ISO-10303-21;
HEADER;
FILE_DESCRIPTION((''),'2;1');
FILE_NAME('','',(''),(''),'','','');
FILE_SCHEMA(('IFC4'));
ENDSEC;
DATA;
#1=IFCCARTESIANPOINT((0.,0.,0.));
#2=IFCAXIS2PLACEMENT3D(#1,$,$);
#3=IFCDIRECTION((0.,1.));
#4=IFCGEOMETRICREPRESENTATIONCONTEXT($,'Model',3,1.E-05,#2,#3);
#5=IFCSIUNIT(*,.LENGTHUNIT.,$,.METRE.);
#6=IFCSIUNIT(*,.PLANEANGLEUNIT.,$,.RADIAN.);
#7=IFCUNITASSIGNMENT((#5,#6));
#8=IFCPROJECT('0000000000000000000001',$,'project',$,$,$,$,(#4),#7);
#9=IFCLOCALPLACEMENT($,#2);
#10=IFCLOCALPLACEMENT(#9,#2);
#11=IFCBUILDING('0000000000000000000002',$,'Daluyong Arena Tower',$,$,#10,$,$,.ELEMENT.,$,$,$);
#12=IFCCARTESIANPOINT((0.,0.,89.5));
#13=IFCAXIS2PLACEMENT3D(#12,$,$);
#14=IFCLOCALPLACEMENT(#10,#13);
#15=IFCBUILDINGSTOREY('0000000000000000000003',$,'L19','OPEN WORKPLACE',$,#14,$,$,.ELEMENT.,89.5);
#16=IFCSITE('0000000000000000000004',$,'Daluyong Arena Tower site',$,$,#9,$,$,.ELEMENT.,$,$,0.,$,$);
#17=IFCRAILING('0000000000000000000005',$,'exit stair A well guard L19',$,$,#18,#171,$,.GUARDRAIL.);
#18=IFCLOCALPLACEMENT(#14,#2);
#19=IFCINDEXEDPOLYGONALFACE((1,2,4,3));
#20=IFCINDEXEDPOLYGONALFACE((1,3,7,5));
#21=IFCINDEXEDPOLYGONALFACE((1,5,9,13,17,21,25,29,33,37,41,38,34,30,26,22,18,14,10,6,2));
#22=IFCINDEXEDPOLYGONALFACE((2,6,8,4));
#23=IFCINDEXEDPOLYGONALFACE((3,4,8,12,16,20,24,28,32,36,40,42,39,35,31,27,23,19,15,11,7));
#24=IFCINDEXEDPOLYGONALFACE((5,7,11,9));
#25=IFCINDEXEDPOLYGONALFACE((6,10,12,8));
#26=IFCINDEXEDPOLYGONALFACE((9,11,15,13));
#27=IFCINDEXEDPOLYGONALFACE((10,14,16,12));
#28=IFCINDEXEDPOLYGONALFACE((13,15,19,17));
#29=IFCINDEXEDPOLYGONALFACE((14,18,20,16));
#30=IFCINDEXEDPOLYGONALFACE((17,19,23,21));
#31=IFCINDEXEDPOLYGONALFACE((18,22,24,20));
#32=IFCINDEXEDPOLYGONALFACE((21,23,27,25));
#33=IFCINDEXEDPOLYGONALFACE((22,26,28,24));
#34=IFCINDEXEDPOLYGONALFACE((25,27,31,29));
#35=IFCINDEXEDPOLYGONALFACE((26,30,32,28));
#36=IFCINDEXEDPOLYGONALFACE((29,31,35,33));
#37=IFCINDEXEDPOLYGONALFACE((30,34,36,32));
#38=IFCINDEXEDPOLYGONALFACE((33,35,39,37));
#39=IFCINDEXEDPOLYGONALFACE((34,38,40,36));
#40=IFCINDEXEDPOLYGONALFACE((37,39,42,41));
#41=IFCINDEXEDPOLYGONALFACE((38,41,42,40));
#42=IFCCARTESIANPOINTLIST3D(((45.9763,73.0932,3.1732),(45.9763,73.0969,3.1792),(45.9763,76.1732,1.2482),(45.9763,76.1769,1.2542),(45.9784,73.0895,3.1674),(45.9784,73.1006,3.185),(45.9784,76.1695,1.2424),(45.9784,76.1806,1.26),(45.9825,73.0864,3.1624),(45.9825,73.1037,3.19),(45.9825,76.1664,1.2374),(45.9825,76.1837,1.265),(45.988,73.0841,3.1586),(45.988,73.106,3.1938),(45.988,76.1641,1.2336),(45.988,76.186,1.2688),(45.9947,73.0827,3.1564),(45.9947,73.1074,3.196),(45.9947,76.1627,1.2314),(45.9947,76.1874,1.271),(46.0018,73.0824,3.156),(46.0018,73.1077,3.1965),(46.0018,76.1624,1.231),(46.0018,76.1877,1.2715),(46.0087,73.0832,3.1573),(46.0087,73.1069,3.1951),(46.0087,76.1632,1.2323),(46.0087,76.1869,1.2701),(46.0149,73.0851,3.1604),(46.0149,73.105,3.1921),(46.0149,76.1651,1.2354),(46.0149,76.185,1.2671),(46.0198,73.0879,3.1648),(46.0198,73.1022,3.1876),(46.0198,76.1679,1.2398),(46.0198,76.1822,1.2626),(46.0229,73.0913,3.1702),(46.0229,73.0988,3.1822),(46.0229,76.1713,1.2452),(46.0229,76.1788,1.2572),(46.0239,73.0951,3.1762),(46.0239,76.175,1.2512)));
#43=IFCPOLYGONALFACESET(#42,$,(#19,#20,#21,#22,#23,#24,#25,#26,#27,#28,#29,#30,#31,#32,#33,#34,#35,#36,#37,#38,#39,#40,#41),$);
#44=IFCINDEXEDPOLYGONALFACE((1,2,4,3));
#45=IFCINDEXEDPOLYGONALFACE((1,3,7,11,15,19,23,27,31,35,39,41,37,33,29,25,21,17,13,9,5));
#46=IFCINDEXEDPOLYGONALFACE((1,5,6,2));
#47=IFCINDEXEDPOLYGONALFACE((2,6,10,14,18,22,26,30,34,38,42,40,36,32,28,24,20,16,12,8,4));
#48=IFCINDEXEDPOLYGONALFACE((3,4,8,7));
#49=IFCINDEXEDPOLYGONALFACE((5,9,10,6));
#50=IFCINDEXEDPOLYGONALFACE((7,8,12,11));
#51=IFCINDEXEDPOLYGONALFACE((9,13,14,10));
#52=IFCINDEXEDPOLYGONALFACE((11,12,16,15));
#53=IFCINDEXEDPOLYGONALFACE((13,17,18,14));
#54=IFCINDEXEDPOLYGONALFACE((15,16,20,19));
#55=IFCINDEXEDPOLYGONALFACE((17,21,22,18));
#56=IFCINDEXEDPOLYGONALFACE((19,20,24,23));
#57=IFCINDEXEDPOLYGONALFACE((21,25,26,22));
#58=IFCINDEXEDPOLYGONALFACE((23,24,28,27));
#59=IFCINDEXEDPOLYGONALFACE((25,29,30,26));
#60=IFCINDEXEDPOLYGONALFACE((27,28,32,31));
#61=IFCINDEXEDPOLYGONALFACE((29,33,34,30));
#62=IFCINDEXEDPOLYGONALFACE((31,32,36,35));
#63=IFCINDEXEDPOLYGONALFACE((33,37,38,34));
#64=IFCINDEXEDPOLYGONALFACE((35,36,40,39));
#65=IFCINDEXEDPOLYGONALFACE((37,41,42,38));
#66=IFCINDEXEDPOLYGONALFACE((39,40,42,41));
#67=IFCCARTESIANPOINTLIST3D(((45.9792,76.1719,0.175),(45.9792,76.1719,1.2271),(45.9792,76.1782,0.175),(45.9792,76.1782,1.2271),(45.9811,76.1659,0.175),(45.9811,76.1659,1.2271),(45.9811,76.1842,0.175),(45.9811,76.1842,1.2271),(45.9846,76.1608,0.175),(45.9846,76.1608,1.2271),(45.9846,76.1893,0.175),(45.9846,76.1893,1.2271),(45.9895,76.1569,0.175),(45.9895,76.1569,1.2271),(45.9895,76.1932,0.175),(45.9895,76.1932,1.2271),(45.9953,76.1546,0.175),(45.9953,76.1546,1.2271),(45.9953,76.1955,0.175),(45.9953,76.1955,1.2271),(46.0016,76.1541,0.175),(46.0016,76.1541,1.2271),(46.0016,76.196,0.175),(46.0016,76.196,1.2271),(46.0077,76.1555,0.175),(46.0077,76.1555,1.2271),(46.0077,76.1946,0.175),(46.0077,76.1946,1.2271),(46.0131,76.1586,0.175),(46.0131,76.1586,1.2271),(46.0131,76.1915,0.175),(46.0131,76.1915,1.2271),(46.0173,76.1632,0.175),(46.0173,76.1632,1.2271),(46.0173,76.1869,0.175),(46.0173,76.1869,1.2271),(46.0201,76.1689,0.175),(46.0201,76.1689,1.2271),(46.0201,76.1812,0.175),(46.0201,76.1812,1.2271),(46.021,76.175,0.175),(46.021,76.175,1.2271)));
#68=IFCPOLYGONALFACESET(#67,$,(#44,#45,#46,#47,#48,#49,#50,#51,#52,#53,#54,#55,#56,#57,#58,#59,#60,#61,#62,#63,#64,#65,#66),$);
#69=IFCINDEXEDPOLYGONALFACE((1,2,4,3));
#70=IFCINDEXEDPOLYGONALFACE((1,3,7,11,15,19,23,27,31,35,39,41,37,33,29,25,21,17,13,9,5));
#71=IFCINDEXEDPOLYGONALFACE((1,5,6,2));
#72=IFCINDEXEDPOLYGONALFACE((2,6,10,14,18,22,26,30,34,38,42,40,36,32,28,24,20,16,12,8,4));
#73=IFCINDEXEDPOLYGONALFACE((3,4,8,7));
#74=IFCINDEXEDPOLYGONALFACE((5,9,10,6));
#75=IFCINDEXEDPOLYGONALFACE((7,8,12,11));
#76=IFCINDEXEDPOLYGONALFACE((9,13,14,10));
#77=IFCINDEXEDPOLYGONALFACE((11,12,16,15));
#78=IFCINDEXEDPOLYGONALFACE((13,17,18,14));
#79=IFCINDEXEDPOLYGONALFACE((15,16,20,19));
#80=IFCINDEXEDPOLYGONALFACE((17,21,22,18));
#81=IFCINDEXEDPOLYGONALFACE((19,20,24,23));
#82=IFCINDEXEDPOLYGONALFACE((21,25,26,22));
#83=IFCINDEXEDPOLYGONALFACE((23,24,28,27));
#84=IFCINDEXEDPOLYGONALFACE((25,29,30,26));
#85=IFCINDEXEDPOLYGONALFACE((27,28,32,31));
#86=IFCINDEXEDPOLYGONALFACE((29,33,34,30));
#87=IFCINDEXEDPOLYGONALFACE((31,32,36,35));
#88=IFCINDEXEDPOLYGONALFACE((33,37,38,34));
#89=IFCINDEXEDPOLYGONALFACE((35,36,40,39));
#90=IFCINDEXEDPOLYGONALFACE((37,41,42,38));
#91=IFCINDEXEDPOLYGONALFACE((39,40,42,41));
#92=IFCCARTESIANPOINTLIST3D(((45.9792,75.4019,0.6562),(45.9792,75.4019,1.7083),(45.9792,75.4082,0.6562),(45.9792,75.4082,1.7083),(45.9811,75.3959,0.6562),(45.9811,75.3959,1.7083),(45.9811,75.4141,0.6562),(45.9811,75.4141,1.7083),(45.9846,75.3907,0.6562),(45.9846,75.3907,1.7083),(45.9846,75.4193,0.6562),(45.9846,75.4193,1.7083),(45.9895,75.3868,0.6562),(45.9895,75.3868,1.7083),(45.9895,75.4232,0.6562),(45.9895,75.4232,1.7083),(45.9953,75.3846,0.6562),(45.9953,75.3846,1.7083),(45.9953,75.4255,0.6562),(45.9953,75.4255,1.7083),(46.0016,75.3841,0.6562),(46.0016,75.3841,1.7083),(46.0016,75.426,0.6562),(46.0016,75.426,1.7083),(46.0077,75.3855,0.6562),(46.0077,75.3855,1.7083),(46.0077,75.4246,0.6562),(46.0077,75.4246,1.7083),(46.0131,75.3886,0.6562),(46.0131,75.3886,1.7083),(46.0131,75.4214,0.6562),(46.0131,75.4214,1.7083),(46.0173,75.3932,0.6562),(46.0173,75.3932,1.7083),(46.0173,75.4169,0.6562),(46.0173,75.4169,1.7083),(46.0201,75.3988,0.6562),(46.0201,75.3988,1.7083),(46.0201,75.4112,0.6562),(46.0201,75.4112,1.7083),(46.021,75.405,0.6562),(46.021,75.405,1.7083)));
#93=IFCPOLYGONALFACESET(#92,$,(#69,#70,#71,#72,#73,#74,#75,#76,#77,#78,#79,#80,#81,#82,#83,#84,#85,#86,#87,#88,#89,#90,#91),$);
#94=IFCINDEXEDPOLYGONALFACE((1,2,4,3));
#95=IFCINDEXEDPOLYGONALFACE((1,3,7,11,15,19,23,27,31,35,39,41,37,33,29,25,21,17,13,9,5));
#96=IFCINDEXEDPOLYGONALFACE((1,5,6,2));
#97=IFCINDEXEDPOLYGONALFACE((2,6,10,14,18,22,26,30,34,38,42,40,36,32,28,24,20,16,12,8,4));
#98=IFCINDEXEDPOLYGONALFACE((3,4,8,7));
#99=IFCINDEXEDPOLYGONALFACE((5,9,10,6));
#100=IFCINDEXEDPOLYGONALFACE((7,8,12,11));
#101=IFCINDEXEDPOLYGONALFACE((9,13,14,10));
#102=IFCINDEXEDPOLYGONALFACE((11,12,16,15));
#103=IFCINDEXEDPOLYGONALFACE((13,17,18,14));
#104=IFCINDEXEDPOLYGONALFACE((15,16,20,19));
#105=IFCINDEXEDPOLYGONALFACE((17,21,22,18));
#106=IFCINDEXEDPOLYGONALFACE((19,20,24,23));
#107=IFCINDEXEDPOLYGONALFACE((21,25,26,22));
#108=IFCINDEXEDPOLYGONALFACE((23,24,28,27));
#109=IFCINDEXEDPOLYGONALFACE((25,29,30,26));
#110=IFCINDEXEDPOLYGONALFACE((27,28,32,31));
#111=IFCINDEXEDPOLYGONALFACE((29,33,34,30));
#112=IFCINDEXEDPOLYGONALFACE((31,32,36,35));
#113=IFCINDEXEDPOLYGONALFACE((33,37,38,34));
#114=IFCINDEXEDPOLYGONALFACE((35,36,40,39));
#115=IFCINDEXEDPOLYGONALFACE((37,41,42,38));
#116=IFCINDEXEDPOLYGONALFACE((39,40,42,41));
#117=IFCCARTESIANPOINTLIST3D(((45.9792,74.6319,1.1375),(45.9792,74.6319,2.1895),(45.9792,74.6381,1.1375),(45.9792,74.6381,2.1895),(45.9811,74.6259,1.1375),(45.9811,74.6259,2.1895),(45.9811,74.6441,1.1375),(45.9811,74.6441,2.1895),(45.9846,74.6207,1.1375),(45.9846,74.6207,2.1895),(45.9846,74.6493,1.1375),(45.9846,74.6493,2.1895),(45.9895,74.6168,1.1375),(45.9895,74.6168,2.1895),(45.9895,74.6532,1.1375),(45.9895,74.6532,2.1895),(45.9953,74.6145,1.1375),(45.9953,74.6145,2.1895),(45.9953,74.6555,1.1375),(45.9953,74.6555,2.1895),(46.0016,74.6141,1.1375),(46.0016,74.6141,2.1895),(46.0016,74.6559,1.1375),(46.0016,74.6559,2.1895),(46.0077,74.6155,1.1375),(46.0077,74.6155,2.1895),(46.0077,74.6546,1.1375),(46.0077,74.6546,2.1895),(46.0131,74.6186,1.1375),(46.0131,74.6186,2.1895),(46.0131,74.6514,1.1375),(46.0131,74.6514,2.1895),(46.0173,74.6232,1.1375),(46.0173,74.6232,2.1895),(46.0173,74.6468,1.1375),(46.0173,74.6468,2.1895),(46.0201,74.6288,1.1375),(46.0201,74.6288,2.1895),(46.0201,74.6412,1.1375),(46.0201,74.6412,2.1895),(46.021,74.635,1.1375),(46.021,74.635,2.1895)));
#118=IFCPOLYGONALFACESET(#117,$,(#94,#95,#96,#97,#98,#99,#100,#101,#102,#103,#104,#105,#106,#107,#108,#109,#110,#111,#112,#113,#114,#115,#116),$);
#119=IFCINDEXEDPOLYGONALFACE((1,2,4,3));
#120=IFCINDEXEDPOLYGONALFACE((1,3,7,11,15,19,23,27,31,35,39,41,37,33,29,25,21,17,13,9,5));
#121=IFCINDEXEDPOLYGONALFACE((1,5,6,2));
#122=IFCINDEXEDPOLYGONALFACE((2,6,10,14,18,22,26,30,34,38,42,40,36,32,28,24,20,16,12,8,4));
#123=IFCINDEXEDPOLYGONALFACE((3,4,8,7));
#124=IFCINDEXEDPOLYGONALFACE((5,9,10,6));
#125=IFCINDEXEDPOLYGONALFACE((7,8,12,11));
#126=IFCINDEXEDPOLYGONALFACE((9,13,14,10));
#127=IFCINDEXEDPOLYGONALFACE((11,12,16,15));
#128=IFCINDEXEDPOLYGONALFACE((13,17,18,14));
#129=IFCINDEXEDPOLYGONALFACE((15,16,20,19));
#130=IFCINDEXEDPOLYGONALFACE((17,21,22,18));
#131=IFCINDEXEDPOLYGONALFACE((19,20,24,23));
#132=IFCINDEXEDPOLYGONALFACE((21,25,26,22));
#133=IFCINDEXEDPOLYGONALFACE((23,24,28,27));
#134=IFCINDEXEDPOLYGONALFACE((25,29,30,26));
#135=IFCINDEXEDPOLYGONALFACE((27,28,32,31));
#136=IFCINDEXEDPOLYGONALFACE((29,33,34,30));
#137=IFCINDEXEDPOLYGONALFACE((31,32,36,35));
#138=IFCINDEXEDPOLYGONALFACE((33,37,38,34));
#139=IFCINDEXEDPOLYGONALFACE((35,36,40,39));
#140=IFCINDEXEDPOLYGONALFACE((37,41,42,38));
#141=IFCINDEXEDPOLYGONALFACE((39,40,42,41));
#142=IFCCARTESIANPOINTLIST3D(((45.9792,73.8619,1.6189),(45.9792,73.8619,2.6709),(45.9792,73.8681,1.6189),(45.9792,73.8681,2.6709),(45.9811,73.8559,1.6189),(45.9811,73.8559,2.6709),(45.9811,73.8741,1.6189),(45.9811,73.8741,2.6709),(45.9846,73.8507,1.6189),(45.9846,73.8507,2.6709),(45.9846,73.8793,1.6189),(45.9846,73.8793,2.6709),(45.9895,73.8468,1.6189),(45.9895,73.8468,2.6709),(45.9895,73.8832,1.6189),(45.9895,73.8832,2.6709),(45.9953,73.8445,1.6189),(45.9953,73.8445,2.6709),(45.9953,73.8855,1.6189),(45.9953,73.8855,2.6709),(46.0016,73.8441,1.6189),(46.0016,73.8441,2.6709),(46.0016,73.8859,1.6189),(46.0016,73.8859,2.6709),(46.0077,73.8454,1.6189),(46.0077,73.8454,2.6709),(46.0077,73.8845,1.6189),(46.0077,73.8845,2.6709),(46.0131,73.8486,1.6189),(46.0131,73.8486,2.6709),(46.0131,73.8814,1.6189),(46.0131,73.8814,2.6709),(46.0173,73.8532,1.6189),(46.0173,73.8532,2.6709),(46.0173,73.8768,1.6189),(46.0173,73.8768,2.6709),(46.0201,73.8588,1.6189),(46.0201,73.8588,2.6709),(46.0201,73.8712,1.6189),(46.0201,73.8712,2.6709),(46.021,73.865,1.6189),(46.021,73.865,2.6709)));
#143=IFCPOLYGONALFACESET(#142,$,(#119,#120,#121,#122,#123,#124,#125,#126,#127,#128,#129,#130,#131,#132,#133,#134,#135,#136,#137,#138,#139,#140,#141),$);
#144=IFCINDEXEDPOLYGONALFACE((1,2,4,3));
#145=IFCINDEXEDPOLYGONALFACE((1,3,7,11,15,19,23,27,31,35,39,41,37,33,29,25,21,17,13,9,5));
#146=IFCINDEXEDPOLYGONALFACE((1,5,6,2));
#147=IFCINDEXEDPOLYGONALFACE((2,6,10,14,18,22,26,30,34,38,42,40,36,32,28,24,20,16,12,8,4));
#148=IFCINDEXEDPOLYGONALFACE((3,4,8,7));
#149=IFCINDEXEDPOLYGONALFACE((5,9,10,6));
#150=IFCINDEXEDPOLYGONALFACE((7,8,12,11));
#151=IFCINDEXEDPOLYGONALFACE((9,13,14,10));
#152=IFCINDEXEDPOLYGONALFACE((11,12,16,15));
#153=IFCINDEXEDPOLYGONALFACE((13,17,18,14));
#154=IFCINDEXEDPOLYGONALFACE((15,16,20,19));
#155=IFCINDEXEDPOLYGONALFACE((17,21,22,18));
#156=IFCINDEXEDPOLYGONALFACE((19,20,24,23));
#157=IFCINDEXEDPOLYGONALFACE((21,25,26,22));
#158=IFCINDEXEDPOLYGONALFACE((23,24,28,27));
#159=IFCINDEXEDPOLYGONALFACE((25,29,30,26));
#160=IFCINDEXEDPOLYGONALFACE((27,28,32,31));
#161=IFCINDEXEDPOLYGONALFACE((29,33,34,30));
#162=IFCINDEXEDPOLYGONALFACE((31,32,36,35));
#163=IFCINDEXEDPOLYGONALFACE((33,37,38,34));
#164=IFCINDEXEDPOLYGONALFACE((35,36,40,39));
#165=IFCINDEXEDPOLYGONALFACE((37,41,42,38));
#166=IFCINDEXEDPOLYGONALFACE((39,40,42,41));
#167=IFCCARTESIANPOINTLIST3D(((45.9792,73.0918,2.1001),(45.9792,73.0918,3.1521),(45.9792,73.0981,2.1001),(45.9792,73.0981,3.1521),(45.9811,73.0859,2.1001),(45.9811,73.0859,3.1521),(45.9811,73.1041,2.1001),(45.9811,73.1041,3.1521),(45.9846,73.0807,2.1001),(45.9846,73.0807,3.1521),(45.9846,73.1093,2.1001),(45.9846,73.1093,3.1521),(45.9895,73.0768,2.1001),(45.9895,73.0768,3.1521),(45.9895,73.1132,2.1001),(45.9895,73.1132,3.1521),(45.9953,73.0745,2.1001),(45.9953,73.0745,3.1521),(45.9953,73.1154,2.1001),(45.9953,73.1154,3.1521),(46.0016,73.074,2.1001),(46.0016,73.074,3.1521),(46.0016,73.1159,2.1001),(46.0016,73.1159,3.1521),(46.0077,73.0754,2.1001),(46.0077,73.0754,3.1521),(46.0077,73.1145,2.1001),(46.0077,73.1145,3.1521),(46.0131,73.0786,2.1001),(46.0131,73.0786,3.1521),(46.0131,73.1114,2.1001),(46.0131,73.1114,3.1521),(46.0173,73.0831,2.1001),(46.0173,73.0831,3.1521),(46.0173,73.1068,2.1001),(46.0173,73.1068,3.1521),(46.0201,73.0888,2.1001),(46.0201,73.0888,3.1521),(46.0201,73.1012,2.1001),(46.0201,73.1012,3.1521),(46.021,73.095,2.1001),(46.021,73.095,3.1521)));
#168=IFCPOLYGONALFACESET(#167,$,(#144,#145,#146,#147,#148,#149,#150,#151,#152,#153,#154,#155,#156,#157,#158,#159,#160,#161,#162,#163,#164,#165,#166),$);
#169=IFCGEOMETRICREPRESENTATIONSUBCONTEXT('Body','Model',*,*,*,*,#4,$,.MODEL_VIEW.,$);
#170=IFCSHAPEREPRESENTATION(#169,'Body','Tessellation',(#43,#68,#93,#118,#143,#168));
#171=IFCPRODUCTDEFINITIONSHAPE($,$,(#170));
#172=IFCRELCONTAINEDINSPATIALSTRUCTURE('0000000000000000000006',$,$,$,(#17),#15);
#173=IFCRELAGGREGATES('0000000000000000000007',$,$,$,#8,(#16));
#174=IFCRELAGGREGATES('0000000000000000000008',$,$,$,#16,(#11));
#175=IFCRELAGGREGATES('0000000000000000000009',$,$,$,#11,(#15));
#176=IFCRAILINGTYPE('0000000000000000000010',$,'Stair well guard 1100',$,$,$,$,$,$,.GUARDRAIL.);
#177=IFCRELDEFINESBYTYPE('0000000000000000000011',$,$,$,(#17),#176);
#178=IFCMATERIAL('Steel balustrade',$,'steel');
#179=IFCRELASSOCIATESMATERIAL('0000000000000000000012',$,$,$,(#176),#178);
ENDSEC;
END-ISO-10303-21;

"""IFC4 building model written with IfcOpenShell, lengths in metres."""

from ifc_helpers import new_model, si_unit, direction, frame, origin, origin_2d, place, context, subcontext, project, spatial, circle, extrude, material, type_object, element, save


model = new_model("IFC4")

# Units and contexts
model_context = context("Model", 3, precision=1e-05, world=origin(), true_north=direction((0.0, 1.0)))
body_context = subcontext(model_context, "Body", "Model", "MODEL_VIEW")
ifc_project = project(units=[si_unit("LENGTHUNIT", "METRE"), si_unit("PLANEANGLEUNIT", "RADIAN")], contexts=[model_context])

# Site, building, storey
site_placement = place(None, origin())
site = spatial("IfcSite", under=ifc_project, at=site_placement, Name="Daluyong Arena Tower site", CompositionType="ELEMENT", RefElevation=0.0)
building_placement = place(site_placement, origin())
building = spatial("IfcBuilding", under=site, at=building_placement, Name="Daluyong Arena Tower", CompositionType="ELEMENT")
storey_placement = place(building_placement, frame((0.0, 0.0, 89.5)))
storey = spatial("IfcBuildingStorey", under=building, at=storey_placement, Name="L19", Description="OPEN WORKPLACE", CompositionType="ELEMENT", Elevation=89.5)

# Railing
ifc_material_1 = material(Name="Steel balustrade", Category="steel")
railing_type_1 = type_object("IfcRailingType", Name="Stair well guard 1100", PredefinedType="GUARDRAIL", material=ifc_material_1)
railing_1_placement = place(storey_placement, frame((46.0, 76.175, 0.175)))
element("IfcRailing", 1, at=railing_1_placement, inside=storey, type_object=railing_type_1, Name="exit stair A well guard L19", PredefinedType="GUARDRAIL", context=body_context, shape_type="SweptSolid", body=[
    extrude(circle(Radius=0.0239, at=origin_2d()), frame((0.0, 0.0, 1.0762), z_axis=(0.0, -0.847998, 0.529999), x_axis=(1.0, 0.0, 0.0)), (0.0, 0.0, 1.0), 3.6321),
    extrude(circle(Radius=0.021, at=origin_2d()), origin(), (0.0, 0.0, 1.0), 1.052),
    extrude(circle(Radius=0.021, at=origin_2d()), frame((0.0, -0.77, 0.4812)), (0.0, 0.0, 1.0), 1.052),
    extrude(circle(Radius=0.021, at=origin_2d()), frame((0.0, -1.54, 0.9624)), (0.0, 0.0, 1.0), 1.052),
    extrude(circle(Radius=0.021, at=origin_2d()), frame((0.0, -2.3101, 1.4438)), (0.0, 0.0, 1.0), 1.052),
    extrude(circle(Radius=0.021, at=origin_2d()), frame((0.0, -3.0801, 1.925)), (0.0, 0.0, 1.0), 1.052),
])

save(model, "model.ifc")
